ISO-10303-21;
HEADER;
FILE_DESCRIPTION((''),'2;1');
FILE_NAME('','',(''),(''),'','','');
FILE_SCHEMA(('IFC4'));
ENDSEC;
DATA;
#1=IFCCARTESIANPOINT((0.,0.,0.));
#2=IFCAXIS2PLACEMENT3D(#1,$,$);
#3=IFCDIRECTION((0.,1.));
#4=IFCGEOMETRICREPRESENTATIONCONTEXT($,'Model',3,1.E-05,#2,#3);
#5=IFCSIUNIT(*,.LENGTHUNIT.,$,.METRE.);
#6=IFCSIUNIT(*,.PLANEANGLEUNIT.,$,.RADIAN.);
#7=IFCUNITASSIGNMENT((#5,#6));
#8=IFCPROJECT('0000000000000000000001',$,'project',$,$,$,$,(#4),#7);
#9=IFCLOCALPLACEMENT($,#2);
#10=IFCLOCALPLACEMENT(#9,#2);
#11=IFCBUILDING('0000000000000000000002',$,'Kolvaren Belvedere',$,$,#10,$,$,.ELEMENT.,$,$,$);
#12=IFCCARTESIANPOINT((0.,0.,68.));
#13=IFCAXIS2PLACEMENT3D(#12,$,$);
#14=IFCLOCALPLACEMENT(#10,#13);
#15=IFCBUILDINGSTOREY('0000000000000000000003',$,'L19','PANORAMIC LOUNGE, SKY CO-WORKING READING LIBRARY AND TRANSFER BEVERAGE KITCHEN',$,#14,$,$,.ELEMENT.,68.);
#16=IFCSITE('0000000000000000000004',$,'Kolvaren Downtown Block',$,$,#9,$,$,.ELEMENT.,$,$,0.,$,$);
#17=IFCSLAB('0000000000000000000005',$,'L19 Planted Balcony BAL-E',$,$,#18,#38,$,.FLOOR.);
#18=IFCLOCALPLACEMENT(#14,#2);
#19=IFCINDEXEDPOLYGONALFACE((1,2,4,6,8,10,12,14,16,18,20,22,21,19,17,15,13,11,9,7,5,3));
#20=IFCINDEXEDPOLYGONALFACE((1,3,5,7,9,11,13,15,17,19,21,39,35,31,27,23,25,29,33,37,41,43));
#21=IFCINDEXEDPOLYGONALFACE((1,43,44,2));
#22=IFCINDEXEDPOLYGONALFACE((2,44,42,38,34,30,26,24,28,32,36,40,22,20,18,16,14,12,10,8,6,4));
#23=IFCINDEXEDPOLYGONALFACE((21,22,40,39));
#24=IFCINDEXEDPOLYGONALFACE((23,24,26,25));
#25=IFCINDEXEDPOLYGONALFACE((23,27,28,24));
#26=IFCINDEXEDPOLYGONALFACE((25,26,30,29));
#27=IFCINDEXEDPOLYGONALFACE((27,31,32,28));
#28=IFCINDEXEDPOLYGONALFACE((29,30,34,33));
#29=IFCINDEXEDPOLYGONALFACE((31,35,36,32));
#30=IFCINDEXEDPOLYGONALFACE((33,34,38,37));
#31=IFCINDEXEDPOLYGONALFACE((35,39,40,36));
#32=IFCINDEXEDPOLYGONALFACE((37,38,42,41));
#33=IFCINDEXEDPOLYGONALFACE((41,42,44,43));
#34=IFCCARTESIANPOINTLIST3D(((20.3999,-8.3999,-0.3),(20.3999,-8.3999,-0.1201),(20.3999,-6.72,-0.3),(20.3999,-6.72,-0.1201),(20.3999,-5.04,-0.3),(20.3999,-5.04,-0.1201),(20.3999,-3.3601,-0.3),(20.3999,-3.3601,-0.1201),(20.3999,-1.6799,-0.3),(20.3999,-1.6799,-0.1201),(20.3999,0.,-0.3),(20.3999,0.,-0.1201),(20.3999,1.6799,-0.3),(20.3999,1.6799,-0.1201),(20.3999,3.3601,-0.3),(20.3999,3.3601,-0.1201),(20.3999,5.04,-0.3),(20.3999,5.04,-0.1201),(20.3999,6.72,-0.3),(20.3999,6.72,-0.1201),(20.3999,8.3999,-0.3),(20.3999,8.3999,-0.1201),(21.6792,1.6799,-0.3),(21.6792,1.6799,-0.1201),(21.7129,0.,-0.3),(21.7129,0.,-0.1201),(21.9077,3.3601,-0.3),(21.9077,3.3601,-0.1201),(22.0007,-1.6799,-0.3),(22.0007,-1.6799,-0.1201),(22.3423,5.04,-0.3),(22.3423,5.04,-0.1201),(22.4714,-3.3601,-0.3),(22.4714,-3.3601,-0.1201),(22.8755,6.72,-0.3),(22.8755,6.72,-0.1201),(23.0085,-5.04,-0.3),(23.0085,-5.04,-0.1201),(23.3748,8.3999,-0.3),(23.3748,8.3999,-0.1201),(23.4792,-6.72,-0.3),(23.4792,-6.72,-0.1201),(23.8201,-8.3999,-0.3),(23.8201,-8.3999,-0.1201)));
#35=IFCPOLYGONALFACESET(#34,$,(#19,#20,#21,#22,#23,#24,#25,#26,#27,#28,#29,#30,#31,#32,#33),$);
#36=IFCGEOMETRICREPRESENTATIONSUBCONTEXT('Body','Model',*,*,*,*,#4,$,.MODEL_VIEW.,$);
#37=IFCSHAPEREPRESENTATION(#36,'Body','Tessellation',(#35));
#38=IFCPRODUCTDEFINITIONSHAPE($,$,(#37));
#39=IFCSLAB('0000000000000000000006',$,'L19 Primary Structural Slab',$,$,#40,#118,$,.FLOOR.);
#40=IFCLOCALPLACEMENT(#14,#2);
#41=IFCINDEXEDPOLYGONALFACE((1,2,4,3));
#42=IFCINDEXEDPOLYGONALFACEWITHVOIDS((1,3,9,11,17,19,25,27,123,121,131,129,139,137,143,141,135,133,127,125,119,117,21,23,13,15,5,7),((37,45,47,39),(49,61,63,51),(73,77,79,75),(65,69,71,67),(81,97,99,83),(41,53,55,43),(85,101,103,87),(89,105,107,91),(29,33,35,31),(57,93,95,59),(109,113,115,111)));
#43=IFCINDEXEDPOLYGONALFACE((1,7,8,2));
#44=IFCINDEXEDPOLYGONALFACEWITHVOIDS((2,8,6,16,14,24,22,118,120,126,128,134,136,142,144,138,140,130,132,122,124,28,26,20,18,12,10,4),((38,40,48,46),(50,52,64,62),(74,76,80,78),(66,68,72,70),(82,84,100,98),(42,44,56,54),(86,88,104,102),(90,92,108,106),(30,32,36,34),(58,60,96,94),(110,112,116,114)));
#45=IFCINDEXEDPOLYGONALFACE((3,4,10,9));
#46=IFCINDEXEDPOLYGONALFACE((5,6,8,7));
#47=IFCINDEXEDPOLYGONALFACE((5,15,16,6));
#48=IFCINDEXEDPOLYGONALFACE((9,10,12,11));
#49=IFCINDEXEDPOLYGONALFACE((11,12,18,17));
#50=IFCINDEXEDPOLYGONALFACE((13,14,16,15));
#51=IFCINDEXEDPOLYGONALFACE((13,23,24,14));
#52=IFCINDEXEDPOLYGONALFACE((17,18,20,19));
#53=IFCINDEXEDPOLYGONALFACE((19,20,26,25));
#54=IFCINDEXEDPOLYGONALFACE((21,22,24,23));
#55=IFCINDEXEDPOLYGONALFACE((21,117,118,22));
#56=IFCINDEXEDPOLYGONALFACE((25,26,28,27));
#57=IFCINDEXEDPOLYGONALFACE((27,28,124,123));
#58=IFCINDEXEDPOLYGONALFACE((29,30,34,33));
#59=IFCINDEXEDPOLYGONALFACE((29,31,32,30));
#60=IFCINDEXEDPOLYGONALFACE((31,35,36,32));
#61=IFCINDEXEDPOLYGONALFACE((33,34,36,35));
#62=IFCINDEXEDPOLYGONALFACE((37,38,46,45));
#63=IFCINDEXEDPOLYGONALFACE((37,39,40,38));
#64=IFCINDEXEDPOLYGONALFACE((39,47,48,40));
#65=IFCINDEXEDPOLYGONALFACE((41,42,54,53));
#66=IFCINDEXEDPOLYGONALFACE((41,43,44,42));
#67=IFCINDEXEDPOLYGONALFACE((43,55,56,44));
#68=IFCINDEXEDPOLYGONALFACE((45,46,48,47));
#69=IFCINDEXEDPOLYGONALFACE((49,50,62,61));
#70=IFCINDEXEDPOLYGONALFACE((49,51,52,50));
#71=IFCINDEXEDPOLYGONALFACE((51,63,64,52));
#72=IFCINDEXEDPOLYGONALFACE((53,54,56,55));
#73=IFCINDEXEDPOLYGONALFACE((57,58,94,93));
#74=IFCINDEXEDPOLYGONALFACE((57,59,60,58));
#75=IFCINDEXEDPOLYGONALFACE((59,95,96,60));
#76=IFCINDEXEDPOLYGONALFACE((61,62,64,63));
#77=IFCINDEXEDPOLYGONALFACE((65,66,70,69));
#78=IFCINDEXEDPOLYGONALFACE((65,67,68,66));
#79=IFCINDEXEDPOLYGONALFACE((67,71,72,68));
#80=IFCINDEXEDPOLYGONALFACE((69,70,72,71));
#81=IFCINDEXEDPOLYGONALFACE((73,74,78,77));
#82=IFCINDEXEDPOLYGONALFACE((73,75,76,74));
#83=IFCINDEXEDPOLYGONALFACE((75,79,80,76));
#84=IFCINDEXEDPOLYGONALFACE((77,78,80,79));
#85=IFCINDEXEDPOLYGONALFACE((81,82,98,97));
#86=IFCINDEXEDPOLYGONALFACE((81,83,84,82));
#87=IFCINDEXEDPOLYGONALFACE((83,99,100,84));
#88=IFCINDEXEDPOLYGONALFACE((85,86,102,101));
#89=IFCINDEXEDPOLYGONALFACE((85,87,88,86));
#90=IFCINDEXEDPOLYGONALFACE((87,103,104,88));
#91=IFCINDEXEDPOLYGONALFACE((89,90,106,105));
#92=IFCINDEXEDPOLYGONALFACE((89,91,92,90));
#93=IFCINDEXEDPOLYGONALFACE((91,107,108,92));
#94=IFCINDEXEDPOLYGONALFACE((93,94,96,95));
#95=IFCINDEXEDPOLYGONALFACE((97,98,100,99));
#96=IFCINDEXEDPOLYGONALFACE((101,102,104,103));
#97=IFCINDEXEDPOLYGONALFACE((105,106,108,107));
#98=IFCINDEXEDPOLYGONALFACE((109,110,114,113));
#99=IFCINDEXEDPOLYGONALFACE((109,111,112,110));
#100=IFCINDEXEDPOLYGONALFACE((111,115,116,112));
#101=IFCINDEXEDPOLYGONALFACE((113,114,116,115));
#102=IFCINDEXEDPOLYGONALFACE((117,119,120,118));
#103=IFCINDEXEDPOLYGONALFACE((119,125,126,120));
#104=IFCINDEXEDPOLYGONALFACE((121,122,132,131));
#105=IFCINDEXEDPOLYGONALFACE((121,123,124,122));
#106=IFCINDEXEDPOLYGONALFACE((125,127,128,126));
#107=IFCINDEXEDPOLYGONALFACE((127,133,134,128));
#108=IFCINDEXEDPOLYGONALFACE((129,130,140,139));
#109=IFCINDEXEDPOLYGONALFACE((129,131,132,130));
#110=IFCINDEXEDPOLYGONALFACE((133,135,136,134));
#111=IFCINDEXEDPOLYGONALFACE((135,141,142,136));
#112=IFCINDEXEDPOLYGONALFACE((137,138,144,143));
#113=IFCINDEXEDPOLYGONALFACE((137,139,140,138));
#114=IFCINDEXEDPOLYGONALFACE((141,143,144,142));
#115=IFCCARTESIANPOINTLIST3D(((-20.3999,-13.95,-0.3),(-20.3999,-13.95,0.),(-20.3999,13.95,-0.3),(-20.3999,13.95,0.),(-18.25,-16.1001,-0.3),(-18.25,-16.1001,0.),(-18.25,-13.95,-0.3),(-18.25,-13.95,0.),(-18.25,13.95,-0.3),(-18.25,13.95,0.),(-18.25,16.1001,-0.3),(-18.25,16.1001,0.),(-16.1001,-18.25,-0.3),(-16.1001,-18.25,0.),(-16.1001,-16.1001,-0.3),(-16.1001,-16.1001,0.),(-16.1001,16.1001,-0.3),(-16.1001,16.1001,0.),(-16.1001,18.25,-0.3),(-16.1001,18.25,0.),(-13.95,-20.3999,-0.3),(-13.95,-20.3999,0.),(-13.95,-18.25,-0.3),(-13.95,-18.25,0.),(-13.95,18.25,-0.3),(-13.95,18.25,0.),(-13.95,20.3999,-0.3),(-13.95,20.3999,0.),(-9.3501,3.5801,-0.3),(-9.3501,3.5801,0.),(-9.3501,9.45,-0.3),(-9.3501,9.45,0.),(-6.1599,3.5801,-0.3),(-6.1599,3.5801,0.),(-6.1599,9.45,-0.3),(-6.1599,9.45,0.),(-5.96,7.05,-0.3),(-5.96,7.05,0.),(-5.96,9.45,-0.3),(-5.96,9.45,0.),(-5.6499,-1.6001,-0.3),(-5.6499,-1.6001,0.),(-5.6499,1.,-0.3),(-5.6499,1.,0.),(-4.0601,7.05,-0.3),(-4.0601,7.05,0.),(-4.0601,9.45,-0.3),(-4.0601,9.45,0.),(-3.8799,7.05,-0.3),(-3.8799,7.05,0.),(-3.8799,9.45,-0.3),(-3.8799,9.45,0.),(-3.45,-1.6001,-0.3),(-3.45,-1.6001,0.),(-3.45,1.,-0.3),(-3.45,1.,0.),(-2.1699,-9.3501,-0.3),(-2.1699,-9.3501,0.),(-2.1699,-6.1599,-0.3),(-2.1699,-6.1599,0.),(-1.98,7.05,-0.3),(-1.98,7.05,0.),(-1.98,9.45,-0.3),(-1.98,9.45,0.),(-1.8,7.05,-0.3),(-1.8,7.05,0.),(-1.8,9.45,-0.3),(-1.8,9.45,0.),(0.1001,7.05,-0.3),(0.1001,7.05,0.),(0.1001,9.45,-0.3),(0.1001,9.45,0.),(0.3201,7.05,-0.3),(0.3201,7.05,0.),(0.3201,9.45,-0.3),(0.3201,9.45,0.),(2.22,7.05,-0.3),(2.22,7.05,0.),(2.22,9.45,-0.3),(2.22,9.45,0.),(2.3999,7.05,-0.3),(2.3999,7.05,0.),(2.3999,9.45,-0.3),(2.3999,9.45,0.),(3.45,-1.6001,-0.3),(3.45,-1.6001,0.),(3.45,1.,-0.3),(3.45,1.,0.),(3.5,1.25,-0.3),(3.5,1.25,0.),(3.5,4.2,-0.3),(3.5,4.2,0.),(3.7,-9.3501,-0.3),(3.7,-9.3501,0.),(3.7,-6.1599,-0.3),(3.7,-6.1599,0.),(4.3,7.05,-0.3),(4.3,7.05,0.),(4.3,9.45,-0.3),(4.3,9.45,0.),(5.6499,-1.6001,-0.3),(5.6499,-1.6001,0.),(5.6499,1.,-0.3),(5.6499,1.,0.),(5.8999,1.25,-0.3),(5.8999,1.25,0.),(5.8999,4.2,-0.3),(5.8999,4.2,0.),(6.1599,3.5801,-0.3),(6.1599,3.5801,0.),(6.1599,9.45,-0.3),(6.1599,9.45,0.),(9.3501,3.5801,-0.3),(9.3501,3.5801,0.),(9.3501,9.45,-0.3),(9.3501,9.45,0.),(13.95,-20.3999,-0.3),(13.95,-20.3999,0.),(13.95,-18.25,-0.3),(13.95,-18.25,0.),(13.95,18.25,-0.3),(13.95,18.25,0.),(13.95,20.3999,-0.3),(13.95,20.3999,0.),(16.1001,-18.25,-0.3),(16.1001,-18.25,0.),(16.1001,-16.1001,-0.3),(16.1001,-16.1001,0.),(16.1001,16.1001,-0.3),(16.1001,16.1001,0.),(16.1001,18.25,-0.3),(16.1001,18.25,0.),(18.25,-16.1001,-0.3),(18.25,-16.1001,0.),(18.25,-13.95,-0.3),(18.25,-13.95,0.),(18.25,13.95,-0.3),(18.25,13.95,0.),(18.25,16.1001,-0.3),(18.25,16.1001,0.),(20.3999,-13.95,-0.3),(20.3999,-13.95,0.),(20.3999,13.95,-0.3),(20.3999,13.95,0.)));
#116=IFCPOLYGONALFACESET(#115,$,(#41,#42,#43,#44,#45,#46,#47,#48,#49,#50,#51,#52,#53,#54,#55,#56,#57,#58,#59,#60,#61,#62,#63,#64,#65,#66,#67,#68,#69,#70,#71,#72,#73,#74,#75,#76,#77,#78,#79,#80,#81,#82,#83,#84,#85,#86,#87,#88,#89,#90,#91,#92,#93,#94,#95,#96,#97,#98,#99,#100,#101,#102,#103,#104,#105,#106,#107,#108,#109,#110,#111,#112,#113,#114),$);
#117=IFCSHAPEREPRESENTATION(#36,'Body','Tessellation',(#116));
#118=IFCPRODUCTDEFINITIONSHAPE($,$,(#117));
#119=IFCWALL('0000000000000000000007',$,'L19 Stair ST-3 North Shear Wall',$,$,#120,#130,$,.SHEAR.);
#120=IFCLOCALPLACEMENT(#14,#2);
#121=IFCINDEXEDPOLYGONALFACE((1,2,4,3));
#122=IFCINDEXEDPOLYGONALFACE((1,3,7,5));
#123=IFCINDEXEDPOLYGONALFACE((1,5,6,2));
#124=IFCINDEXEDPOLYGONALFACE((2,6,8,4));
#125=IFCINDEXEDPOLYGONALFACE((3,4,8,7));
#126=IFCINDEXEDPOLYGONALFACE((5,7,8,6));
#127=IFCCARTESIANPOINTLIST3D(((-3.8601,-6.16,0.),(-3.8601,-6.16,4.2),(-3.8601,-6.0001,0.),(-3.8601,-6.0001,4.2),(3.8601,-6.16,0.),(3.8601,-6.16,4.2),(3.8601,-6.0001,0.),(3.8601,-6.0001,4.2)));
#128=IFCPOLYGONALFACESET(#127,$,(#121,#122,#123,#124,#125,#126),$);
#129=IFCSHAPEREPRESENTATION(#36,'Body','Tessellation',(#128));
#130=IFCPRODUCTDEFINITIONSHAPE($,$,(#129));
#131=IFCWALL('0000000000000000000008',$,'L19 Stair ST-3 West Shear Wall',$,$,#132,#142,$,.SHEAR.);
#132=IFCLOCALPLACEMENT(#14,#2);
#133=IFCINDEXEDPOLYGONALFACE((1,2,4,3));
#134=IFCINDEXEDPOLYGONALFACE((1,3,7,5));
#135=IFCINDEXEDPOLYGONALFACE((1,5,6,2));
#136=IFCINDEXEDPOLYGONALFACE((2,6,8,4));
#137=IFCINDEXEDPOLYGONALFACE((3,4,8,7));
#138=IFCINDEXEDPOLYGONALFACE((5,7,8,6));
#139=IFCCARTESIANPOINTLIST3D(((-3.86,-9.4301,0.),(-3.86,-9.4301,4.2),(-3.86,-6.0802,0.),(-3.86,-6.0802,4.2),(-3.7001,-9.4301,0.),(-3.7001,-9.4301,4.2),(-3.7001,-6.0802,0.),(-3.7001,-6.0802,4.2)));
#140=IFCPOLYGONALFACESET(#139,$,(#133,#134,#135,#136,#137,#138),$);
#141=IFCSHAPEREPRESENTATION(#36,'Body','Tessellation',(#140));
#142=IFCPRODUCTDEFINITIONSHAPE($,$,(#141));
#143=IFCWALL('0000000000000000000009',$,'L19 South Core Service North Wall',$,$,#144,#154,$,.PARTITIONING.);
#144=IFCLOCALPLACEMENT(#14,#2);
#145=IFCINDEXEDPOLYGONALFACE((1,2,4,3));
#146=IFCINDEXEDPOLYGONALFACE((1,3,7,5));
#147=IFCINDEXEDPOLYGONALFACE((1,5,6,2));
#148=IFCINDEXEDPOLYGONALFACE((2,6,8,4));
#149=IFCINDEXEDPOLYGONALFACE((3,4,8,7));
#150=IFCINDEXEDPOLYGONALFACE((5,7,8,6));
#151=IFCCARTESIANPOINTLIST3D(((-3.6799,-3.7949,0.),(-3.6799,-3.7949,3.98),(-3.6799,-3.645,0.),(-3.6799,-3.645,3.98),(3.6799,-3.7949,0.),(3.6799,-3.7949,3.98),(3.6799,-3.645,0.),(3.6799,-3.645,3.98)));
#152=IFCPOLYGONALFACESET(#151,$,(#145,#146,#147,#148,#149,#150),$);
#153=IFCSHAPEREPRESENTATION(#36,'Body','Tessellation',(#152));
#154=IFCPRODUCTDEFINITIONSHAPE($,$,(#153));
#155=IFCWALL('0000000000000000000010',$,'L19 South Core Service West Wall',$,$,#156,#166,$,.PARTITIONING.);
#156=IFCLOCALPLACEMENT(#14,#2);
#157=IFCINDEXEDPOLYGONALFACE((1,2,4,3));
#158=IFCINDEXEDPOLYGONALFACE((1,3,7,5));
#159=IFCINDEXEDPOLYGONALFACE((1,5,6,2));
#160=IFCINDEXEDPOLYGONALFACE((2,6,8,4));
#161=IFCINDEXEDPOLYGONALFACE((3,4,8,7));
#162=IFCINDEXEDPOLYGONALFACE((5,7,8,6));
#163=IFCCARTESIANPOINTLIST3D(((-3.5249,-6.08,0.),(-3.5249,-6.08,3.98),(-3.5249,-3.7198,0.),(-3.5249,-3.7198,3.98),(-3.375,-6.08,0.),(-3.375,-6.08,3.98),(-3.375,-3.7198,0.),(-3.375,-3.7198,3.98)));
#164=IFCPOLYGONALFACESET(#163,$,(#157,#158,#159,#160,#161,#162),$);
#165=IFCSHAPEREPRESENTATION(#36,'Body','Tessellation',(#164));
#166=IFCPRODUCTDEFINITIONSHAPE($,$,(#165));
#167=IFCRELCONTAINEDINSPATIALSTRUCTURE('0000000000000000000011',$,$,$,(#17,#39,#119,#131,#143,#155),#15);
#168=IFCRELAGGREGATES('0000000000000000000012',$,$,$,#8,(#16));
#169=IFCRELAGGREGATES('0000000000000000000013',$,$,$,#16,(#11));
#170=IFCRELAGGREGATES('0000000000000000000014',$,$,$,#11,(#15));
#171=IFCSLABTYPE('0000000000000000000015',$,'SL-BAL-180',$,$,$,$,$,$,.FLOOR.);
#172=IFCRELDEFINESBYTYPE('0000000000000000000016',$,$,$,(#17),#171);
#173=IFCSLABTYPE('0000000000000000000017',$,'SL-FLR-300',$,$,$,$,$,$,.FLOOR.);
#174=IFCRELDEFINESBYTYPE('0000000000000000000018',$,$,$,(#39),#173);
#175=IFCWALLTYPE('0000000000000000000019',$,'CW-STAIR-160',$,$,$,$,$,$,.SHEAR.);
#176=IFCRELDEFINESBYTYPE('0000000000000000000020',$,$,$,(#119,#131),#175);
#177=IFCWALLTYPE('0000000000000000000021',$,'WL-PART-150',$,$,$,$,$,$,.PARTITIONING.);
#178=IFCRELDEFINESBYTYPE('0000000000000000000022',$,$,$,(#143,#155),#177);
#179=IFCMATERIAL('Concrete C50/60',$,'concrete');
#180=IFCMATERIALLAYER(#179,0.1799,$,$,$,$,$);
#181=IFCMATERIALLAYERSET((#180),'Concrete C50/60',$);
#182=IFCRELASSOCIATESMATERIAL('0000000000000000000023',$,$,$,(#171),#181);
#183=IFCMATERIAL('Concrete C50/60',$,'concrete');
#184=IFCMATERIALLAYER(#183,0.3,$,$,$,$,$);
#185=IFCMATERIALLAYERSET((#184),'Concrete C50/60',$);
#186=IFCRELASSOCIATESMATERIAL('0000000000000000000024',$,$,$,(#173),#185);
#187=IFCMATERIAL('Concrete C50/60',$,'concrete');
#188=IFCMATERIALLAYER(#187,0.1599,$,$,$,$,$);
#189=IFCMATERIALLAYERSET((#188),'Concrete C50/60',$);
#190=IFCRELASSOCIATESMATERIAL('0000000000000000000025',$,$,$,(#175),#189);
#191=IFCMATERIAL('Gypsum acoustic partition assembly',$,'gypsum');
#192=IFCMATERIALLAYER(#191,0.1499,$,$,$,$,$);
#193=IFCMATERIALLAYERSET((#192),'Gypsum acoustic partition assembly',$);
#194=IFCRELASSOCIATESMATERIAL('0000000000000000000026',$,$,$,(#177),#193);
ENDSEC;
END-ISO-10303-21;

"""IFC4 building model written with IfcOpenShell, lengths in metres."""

from ifc_helpers import new_model, si_unit, direction, frame, frame_2d, origin, place, context, subcontext, project, spatial, polyline, rectangle, outline, extrude, material, layer, layer_set, type_object, element, save


model = new_model("IFC4")

# Units and contexts
model_context = context("Model", 3, precision=1e-05, world=origin(), true_north=direction((0.0, 1.0)))
body_context = subcontext(model_context, "Body", "Model", "MODEL_VIEW")
ifc_project = project(units=[si_unit("LENGTHUNIT", "METRE"), si_unit("PLANEANGLEUNIT", "RADIAN")], contexts=[model_context])

# Site, building, storey
site_placement = place(None, origin())
site = spatial("IfcSite", under=ifc_project, at=site_placement, Name="Kolvaren Downtown Block", CompositionType="ELEMENT", RefElevation=0.0)
building_placement = place(site_placement, origin())
building = spatial("IfcBuilding", under=site, at=building_placement, Name="Kolvaren Belvedere", CompositionType="ELEMENT")
storey_placement = place(building_placement, frame((0.0, 0.0, 68.0)))
storey = spatial("IfcBuildingStorey", under=building, at=storey_placement, Name="L19", Description="PANORAMIC LOUNGE, SKY CO-WORKING READING LIBRARY AND TRANSFER BEVERAGE KITCHEN", CompositionType="ELEMENT", Elevation=68.0)

# Slabs
ifc_material_1 = material(Name="Concrete C50/60", Category="concrete")
ifc_layer_1 = layer(ifc_material_1, 0.1799)
ifc_layer_set_1 = layer_set([ifc_layer_1], Name="Concrete C50/60")
slab_type_1 = type_object("IfcSlabType", Name="SL-BAL-180", PredefinedType="FLOOR", material=ifc_layer_set_1)
slab_1_placement = place(storey_placement, frame((0.0, 0.0, -0.3)))
element("IfcSlab", 1, at=slab_1_placement, inside=storey, type_object=slab_type_1, Name="L19 Planted Balcony BAL-E", PredefinedType="FLOOR", context=body_context, shape_type="SweptSolid", body=[
    extrude(outline(polyline([(23.8201, -8.3999), (23.4792, -6.72), (23.0085, -5.04), (22.4714, -3.3601), (22.0007, -1.6799), (21.7129, 0.0), (21.6792, 1.6799), (21.9077, 3.3601), (22.3423, 5.04), (22.8755, 6.72), (23.3748, 8.3999), (20.3999, 8.3999), (20.3999, 6.72), (20.3999, 5.04), (20.3999, 3.3601), (20.3999, 1.6799), (20.3999, 0.0), (20.3999, -1.6799), (20.3999, -3.3601), (20.3999, -5.04), (20.3999, -6.72), (20.3999, -8.3999), (23.8201, -8.3999)])), origin(), (0.0, 0.0, 1.0), 0.1799),
])
ifc_material_2 = material(Name="Concrete C50/60", Category="concrete")
ifc_layer_2 = layer(ifc_material_2, 0.3)
ifc_layer_set_2 = layer_set([ifc_layer_2], Name="Concrete C50/60")
slab_type_2 = type_object("IfcSlabType", Name="SL-FLR-300", PredefinedType="FLOOR", material=ifc_layer_set_2)
slab_2_placement = place(storey_placement, frame((0.0, 0.0, -0.3)))
element("IfcSlab", 2, at=slab_2_placement, inside=storey, type_object=slab_type_2, Name="L19 Primary Structural Slab", PredefinedType="FLOOR", context=body_context, shape_type="SweptSolid", body=[
    extrude(outline(polyline([(-13.95, -20.3999), (13.95, -20.3999), (13.95, -18.25), (16.1001, -18.25), (16.1001, -16.1001), (18.25, -16.1001), (18.25, -13.95), (20.3999, -13.95), (20.3999, 13.95), (18.25, 13.95), (18.25, 16.1001), (16.1001, 16.1001), (16.1001, 18.25), (13.95, 18.25), (13.95, 20.3999), (-13.95, 20.3999), (-13.95, 18.25), (-16.1001, 18.25), (-16.1001, 16.1001), (-18.25, 16.1001), (-18.25, 13.95), (-20.3999, 13.95), (-20.3999, -13.95), (-18.25, -13.95), (-18.25, -16.1001), (-16.1001, -16.1001), (-16.1001, -18.25), (-13.95, -18.25), (-13.95, -20.3999)]), holes=[polyline([(-9.3501, 3.5801), (-6.1599, 3.5801), (-6.1599, 9.45), (-9.3501, 9.45), (-9.3501, 3.5801)]), polyline([(6.1599, 3.5801), (9.3501, 3.5801), (9.3501, 9.45), (6.1599, 9.45), (6.1599, 3.5801)]), polyline([(-2.1699, -9.3501), (3.7, -9.3501), (3.7, -6.1599), (-2.1699, -6.1599), (-2.1699, -9.3501)]), polyline([(-5.6499, -1.6001), (-3.45, -1.6001), (-3.45, 1.0), (-5.6499, 1.0), (-5.6499, -1.6001)]), polyline([(3.5, 1.25), (5.8999, 1.25), (5.8999, 4.2), (3.5, 4.2), (3.5, 1.25)]), polyline([(3.45, -1.6001), (5.6499, -1.6001), (5.6499, 1.0), (3.45, 1.0), (3.45, -1.6001)]), polyline([(-5.96, 7.05), (-4.0601, 7.05), (-4.0601, 9.45), (-5.96, 9.45), (-5.96, 7.05)]), polyline([(-3.8799, 7.05), (-1.98, 7.05), (-1.98, 9.45), (-3.8799, 9.45), (-3.8799, 7.05)]), polyline([(-1.8, 7.05), (0.1001, 7.05), (0.1001, 9.45), (-1.8, 9.45), (-1.8, 7.05)]), polyline([(0.3201, 7.05), (2.22, 7.05), (2.22, 9.45), (0.3201, 9.45), (0.3201, 7.05)]), polyline([(2.3999, 7.05), (4.3, 7.05), (4.3, 9.45), (2.3999, 9.45), (2.3999, 7.05)])]), origin(), (0.0, 0.0, 1.0), 0.3),
])

# Walls
ifc_material_3 = material(Name="Concrete C50/60", Category="concrete")
ifc_layer_3 = layer(ifc_material_3, 0.1599)
ifc_layer_set_3 = layer_set([ifc_layer_3], Name="Concrete C50/60")
wall_type_1 = type_object("IfcWallType", Name="CW-STAIR-160", PredefinedType="SHEAR", material=ifc_layer_set_3)
wall_1_placement = place(storey_placement, frame((-3.8601, -6.0801, 0.0), z_axis=(0.0, 0.0, 1.0), x_axis=(1.0, 0.0, 0.0)))
element("IfcWall", 3, at=wall_1_placement, inside=storey, type_object=wall_type_1, Name="L19 Stair ST-3 North Shear Wall", PredefinedType="SHEAR", context=body_context, shape_type="SweptSolid", body=[
    extrude(rectangle(XDim=7.7202, YDim=0.1599, at=frame_2d((3.8601, 0.0))), origin(), (0.0, 0.0, 1.0), 4.2),
])
wall_2_placement = place(storey_placement, frame((-3.78, -9.4299, 0.0), z_axis=(0.0, 0.0, 1.0), x_axis=(0.0, 1.0, 0.0)))
element("IfcWall", 4, at=wall_2_placement, inside=storey, type_object=wall_type_1, Name="L19 Stair ST-3 West Shear Wall", PredefinedType="SHEAR", context=body_context, shape_type="SweptSolid", body=[
    extrude(rectangle(XDim=3.3499, YDim=0.1599, at=frame_2d((1.6748, 0.0))), origin(), (0.0, 0.0, 1.0), 4.2),
])
ifc_material_4 = material(Name="Gypsum acoustic partition assembly", Category="gypsum")
ifc_layer_4 = layer(ifc_material_4, 0.1499)
ifc_layer_set_4 = layer_set([ifc_layer_4], Name="Gypsum acoustic partition assembly")
wall_type_2 = type_object("IfcWallType", Name="WL-PART-150", PredefinedType="PARTITIONING", material=ifc_layer_set_4)
wall_3_placement = place(storey_placement, frame((-3.6799, -3.72, 0.0), z_axis=(0.0, 0.0, 1.0), x_axis=(1.0, 0.0, 0.0)))
element("IfcWall", 5, at=wall_3_placement, inside=storey, type_object=wall_type_2, Name="L19 South Core Service North Wall", PredefinedType="PARTITIONING", context=body_context, shape_type="SweptSolid", body=[
    extrude(rectangle(XDim=7.3599, YDim=0.1499, at=frame_2d((3.6799, 0.0))), origin(), (0.0, 0.0, 1.0), 3.98),
])
wall_4_placement = place(storey_placement, frame((-3.45, -6.0801, 0.0), z_axis=(0.0, 0.0, 1.0), x_axis=(0.0, 1.0, 0.0)))
element("IfcWall", 6, at=wall_4_placement, inside=storey, type_object=wall_type_2, Name="L19 South Core Service West Wall", PredefinedType="PARTITIONING", context=body_context, shape_type="SweptSolid", body=[
    extrude(rectangle(XDim=2.3601, YDim=0.1499, at=frame_2d((1.1802, 0.0))), origin(), (0.0, 0.0, 1.0), 3.98),
])

save(model, "model.ifc")
